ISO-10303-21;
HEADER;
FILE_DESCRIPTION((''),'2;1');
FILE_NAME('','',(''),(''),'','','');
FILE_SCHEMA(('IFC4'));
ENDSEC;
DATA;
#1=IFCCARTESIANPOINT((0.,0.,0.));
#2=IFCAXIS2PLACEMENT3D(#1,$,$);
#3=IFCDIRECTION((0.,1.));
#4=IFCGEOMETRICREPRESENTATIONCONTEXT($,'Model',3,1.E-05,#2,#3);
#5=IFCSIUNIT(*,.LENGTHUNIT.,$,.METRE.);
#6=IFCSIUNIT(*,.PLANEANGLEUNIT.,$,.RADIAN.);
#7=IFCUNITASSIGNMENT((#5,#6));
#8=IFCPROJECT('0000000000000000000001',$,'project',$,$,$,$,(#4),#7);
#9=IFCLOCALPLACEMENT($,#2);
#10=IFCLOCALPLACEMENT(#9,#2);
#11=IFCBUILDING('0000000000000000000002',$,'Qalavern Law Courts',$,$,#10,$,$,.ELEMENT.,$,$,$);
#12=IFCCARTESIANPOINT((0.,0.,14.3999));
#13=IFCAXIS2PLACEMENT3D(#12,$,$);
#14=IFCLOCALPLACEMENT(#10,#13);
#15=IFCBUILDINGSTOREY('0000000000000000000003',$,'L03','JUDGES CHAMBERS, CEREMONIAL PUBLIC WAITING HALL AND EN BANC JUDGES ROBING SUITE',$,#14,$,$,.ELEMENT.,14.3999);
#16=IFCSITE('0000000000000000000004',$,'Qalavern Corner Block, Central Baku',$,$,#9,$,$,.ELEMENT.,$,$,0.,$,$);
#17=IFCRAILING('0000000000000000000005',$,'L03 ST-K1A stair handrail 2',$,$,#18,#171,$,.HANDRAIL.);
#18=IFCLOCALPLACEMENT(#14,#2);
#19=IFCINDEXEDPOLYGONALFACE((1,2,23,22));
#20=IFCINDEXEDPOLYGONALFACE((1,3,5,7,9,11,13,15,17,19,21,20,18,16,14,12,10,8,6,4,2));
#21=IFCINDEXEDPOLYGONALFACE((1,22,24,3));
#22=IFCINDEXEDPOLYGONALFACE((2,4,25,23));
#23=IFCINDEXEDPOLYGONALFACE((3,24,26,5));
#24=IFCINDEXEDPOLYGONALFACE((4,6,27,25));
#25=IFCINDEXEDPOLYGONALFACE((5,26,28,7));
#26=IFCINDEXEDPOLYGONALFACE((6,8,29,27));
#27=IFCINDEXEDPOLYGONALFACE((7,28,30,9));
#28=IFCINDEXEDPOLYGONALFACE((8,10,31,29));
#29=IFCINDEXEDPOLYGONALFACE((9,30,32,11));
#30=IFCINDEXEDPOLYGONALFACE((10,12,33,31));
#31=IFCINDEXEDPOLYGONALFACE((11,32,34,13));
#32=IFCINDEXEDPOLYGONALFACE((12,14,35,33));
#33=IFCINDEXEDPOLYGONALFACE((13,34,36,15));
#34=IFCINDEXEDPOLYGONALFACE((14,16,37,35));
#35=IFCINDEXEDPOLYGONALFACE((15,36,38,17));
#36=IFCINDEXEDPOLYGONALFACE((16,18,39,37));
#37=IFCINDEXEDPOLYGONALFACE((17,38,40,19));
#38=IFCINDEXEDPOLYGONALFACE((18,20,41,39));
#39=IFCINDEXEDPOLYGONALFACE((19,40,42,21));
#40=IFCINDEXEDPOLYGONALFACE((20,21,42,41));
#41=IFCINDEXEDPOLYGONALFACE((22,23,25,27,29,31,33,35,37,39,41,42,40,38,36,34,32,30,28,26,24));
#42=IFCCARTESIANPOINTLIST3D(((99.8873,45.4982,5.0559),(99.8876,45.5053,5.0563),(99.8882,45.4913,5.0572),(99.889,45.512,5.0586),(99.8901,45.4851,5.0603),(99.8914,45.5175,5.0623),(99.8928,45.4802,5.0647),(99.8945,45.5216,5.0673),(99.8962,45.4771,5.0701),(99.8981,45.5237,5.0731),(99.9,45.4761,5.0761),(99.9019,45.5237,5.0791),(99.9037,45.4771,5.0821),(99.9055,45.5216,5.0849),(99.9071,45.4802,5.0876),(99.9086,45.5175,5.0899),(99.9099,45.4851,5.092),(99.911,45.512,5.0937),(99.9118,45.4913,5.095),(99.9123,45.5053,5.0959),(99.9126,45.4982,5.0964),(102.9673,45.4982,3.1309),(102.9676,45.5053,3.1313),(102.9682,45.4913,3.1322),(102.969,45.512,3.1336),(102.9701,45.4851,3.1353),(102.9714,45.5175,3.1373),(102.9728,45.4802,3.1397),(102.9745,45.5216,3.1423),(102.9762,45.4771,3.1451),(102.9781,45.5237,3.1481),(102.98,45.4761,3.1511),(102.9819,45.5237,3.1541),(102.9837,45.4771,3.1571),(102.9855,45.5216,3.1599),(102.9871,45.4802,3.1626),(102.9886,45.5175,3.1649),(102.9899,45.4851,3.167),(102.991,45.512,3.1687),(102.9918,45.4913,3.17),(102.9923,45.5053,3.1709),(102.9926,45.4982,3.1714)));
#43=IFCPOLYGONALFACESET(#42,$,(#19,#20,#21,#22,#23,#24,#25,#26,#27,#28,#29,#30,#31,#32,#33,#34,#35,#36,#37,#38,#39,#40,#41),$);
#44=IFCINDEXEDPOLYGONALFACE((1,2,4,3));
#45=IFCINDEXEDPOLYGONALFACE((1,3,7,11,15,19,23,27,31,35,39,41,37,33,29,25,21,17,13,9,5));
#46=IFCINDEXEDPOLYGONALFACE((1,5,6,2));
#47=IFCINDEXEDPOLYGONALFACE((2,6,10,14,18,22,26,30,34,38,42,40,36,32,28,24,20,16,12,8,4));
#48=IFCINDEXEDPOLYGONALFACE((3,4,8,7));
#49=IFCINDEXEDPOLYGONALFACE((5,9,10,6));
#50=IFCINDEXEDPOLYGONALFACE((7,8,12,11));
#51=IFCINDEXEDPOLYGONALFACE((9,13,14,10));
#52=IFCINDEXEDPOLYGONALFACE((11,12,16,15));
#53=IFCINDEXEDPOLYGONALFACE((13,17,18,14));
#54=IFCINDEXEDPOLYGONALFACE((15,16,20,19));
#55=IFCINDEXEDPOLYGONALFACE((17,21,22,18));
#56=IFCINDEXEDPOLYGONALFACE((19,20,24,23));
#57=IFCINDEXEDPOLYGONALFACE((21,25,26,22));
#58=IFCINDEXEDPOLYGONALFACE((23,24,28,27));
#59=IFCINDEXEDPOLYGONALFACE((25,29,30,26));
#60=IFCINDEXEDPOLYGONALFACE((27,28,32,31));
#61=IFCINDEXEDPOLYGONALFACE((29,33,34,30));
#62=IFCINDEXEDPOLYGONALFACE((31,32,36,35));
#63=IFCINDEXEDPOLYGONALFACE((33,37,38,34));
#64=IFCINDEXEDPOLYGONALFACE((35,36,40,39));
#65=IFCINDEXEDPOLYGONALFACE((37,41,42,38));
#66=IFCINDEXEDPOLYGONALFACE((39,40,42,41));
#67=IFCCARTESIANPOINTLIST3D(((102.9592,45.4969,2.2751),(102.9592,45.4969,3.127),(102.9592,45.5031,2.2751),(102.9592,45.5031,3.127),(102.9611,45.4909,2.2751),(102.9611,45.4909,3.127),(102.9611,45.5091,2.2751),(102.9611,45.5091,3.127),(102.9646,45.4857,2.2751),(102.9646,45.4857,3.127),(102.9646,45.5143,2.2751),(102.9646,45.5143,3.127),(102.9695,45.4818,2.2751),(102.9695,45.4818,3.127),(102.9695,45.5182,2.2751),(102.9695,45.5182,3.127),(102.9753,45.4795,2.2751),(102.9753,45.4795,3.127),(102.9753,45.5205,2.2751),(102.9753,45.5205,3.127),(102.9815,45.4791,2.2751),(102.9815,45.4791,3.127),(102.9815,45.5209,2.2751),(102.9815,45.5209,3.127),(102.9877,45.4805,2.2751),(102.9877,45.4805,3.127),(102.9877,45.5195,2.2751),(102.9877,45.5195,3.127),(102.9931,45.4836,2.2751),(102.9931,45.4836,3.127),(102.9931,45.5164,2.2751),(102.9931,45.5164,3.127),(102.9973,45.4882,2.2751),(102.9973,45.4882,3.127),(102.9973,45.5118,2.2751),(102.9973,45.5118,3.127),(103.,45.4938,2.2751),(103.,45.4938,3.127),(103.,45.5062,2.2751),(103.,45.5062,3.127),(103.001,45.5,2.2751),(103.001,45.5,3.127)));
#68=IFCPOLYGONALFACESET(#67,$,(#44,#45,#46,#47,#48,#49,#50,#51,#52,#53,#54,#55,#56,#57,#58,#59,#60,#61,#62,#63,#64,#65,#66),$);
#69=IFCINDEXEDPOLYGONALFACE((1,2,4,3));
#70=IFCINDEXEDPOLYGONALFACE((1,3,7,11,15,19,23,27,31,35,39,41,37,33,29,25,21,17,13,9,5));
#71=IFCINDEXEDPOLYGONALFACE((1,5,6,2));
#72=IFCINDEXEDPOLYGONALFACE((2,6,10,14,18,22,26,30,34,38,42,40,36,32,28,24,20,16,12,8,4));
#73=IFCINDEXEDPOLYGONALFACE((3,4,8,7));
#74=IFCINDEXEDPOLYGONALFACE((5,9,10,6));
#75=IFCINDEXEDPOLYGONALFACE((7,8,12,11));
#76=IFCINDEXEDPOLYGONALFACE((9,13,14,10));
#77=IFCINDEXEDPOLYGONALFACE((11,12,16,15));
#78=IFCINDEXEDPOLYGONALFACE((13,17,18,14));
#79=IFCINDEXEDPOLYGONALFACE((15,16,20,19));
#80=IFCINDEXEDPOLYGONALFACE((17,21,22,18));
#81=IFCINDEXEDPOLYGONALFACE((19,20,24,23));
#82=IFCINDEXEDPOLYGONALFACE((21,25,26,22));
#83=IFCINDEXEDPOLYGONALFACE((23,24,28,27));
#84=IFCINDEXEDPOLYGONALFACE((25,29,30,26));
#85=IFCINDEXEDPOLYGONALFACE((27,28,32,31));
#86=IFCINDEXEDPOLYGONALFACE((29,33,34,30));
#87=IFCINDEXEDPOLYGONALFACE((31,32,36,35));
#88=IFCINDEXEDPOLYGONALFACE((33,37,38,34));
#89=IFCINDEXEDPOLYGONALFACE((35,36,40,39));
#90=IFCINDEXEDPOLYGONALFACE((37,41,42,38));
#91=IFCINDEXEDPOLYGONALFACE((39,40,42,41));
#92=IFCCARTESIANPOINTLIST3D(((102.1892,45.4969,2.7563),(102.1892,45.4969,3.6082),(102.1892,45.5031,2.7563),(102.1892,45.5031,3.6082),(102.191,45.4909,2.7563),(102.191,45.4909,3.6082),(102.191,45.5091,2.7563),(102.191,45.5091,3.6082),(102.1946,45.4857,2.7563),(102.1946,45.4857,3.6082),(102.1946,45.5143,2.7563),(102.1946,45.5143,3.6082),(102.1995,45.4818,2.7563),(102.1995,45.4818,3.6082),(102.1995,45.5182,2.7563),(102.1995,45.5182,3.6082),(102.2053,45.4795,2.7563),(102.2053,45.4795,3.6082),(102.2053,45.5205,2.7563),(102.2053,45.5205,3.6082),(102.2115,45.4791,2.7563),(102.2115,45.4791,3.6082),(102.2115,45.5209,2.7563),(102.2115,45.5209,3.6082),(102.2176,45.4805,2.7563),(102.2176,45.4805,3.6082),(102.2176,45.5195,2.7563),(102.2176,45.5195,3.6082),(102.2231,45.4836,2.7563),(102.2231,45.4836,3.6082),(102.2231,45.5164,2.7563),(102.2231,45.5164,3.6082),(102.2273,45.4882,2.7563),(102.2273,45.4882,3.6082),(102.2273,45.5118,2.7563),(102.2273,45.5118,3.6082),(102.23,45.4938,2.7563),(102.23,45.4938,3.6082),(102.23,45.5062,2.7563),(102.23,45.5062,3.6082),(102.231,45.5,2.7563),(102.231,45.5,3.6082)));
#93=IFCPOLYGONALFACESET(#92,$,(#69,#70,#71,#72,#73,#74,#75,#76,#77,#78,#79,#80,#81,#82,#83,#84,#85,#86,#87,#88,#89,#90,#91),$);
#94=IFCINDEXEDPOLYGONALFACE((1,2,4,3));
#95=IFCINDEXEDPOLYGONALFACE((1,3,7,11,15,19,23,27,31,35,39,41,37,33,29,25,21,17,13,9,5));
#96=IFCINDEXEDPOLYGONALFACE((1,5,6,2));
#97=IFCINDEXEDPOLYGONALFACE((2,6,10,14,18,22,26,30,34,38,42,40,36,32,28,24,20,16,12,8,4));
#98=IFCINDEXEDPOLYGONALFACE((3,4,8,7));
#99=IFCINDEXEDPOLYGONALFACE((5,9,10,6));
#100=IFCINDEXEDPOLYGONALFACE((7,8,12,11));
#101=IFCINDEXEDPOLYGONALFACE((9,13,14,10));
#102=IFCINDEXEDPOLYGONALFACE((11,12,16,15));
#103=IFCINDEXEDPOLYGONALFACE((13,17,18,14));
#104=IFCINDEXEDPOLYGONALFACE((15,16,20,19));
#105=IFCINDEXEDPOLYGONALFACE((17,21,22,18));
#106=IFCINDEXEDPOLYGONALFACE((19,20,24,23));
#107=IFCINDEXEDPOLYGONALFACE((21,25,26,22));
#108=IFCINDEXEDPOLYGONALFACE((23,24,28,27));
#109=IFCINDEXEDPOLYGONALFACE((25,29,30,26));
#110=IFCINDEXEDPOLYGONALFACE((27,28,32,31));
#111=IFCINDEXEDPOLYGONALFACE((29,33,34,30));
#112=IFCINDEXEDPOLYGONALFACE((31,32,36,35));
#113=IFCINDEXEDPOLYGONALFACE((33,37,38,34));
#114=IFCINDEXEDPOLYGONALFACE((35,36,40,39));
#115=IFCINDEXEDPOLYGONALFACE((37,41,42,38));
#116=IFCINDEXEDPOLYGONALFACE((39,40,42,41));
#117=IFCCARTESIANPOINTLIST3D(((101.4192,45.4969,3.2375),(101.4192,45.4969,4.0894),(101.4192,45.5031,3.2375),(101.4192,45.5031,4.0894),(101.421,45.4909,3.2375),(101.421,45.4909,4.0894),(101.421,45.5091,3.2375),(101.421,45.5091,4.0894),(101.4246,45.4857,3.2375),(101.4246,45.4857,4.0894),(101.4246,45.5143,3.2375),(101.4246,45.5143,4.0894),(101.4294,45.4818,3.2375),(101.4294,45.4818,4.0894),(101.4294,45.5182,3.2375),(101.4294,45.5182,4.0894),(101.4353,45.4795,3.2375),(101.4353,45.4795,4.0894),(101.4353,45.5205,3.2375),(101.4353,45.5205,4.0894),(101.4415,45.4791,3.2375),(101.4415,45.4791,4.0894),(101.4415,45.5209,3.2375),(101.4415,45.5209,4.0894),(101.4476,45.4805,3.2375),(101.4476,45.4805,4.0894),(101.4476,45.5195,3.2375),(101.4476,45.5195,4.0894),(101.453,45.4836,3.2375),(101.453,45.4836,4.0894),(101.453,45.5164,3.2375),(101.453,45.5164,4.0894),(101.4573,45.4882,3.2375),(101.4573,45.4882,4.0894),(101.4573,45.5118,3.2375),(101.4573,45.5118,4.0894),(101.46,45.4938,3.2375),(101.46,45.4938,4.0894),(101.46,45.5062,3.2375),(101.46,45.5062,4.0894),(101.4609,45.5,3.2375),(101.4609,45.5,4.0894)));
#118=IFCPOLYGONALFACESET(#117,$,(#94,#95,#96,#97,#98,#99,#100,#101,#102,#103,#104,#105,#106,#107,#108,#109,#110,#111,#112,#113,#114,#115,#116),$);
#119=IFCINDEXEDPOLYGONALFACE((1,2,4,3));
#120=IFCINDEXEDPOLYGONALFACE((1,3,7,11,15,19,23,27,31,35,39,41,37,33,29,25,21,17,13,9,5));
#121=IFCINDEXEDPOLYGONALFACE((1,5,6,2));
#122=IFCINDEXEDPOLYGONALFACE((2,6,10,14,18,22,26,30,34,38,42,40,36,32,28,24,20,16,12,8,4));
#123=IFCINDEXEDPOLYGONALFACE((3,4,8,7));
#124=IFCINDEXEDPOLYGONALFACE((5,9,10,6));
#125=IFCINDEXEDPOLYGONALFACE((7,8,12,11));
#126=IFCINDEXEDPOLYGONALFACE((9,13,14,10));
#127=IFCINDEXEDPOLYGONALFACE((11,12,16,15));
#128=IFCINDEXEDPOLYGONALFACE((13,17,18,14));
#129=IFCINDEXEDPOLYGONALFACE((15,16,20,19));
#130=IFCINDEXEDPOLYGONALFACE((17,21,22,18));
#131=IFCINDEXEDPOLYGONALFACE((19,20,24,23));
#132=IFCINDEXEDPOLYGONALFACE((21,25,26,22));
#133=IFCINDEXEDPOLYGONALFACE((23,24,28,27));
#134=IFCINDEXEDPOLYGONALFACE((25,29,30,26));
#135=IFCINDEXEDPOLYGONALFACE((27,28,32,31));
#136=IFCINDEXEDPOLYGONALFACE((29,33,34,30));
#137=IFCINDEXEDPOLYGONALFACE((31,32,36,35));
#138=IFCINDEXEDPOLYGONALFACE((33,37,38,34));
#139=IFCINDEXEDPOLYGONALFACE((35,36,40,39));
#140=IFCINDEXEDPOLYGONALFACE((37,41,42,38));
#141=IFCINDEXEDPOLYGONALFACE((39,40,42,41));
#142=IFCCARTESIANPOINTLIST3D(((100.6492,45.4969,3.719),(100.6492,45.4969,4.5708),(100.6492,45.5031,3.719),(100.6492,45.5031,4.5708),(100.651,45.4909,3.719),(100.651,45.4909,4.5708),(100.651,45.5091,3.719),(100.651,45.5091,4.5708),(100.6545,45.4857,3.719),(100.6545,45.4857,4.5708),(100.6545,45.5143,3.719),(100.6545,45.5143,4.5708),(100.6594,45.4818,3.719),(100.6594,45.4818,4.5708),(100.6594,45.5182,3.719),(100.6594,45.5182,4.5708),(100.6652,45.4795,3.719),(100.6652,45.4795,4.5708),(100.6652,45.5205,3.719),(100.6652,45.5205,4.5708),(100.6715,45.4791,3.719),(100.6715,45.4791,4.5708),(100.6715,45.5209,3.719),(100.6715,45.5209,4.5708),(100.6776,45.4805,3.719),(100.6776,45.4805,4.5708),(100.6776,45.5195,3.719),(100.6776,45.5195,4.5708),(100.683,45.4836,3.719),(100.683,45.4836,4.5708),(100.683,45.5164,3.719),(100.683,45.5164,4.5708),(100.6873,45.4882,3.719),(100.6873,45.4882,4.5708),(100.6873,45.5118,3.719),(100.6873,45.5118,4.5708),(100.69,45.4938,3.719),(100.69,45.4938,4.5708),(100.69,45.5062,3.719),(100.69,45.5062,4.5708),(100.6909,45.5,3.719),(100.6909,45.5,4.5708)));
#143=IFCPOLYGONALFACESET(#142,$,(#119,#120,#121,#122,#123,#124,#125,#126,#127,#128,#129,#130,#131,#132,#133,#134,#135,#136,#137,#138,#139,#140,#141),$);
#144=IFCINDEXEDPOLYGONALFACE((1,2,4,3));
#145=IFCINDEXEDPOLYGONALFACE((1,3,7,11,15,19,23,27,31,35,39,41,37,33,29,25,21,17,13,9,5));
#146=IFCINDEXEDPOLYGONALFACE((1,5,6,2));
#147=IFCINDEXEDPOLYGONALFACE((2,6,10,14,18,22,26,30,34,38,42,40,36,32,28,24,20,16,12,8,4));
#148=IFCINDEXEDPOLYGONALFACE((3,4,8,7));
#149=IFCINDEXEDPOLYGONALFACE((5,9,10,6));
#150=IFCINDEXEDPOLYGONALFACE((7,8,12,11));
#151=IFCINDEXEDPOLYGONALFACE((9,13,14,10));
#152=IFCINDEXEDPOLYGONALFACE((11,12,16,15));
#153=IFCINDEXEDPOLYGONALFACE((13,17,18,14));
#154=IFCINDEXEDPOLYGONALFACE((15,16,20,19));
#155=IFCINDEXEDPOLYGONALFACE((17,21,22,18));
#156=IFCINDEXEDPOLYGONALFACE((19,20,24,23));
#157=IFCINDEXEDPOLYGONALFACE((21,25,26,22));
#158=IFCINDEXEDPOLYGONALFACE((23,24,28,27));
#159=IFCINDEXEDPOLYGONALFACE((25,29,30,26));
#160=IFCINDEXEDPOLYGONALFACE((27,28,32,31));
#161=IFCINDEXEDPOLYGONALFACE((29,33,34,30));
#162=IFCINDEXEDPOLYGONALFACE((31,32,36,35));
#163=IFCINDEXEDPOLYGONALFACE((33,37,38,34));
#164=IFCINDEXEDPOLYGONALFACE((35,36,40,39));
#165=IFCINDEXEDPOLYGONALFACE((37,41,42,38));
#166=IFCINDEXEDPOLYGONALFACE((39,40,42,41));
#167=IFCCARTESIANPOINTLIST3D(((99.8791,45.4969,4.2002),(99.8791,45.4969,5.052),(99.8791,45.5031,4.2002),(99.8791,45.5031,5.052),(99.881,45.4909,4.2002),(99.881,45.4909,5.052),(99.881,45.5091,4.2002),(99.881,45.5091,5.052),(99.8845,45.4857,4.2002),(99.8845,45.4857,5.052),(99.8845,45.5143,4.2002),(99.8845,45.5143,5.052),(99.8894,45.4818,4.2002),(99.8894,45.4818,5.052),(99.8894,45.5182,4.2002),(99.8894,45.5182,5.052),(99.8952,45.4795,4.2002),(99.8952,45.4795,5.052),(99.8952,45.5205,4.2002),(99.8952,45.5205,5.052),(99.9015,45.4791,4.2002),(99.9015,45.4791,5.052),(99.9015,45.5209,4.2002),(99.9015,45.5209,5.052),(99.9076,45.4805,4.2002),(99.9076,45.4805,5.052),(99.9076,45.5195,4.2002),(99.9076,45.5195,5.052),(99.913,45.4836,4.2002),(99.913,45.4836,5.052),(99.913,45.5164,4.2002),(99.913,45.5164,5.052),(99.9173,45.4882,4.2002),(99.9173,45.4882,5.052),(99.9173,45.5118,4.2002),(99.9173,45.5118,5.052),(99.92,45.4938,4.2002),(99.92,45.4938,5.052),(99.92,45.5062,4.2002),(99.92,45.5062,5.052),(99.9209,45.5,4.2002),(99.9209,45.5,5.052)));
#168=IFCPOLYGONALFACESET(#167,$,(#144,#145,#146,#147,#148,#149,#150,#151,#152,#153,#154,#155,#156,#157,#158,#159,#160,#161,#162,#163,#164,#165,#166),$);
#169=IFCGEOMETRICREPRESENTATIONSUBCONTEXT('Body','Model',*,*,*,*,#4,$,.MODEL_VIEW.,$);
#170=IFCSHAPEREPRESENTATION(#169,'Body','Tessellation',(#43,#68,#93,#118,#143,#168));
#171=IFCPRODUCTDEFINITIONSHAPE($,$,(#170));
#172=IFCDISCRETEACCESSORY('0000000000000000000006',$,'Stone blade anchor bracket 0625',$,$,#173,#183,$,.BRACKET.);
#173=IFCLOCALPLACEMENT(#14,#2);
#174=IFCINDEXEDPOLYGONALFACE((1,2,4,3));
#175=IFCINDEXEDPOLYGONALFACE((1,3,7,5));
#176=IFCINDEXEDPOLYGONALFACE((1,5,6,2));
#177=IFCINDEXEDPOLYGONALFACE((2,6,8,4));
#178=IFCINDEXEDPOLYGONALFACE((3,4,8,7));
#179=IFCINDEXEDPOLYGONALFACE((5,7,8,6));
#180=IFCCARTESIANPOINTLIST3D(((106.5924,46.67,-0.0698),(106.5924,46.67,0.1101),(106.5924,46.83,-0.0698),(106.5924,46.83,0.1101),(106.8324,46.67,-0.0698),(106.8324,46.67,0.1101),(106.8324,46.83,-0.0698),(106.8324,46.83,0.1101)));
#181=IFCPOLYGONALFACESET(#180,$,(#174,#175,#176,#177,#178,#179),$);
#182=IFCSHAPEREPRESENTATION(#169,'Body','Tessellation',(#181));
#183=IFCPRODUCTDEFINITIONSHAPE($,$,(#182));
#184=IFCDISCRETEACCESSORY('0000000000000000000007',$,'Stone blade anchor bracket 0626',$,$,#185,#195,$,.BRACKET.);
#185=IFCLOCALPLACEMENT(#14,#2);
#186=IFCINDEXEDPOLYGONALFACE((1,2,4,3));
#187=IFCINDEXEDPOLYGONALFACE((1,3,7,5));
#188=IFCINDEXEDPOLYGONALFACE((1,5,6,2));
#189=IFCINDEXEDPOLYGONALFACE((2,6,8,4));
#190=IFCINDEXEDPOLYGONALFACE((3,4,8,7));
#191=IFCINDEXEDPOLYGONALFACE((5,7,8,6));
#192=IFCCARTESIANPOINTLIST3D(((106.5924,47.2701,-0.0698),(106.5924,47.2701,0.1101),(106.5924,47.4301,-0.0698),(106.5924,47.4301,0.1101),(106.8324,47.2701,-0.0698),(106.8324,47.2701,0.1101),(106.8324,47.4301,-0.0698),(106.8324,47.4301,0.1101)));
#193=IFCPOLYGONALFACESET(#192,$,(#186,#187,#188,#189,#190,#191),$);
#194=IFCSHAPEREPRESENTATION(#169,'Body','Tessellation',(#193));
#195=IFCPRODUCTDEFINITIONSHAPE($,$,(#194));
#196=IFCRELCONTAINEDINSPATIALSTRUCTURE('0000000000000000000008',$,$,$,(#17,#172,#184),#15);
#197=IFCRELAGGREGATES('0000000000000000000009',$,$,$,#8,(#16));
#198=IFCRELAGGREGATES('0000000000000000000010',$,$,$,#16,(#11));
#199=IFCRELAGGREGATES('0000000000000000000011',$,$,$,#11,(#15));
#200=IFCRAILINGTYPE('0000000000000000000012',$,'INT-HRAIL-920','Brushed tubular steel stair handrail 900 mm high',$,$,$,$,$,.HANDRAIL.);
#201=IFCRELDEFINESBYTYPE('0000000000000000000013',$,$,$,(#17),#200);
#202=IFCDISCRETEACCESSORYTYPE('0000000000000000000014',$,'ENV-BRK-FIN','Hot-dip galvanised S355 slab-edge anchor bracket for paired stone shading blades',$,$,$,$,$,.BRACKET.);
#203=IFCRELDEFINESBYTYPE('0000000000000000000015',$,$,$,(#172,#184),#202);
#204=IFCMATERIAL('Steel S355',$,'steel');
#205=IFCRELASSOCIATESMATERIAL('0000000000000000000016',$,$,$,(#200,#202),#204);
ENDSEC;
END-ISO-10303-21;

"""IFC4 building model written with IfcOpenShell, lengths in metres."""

from ifc_helpers import new_model, si_unit, direction, frame, origin, origin_2d, place, context, subcontext, project, spatial, rectangle, circle, extrude, material, type_object, element, save


model = new_model("IFC4")

# Units and contexts
model_context = context("Model", 3, precision=1e-05, world=origin(), true_north=direction((0.0, 1.0)))
body_context = subcontext(model_context, "Body", "Model", "MODEL_VIEW")
ifc_project = project(units=[si_unit("LENGTHUNIT", "METRE"), si_unit("PLANEANGLEUNIT", "RADIAN")], contexts=[model_context])

# Site, building, storey
site_placement = place(None, origin())
site = spatial("IfcSite", under=ifc_project, at=site_placement, Name="Qalavern Corner Block, Central Baku", CompositionType="ELEMENT", RefElevation=0.0)
building_placement = place(site_placement, origin())
building = spatial("IfcBuilding", under=site, at=building_placement, Name="Qalavern Law Courts", CompositionType="ELEMENT")
storey_placement = place(building_placement, frame((0.0, 0.0, 14.3999)))
storey = spatial("IfcBuildingStorey", under=building, at=storey_placement, Name="L03", Description="JUDGES CHAMBERS, CEREMONIAL PUBLIC WAITING HALL AND EN BANC JUDGES ROBING SUITE", CompositionType="ELEMENT", Elevation=14.3999)

# Shared definitions
ifc_material_1 = material(Name="Steel S355", Category="steel")

# Railing
railing_type_1 = type_object("IfcRailingType", Name="INT-HRAIL-920", Description="Brushed tubular steel stair handrail 900 mm high", PredefinedType="HANDRAIL", material=ifc_material_1)
railing_1_placement = place(storey_placement, frame((102.98, 45.5, 2.2751)))
element("IfcRailing", 1, at=railing_1_placement, inside=storey, type_object=railing_type_1, Name="L03 ST-K1A stair handrail 2", PredefinedType="HANDRAIL", context=body_context, shape_type="SweptSolid", body=[
    extrude(circle(Radius=0.0239, at=origin_2d()), frame((0.0, 0.0, 0.876), z_axis=(-0.847998, 0.0, 0.529999), x_axis=(0.0, -1.0, 0.0)), (0.0, 0.0, 1.0), 3.6321),
    extrude(circle(Radius=0.021, at=origin_2d()), origin(), (0.0, 0.0, 1.0), 0.8518),
    extrude(circle(Radius=0.021, at=origin_2d()), frame((-0.77, 0.0, 0.4812)), (0.0, 0.0, 1.0), 0.8518),
    extrude(circle(Radius=0.021, at=origin_2d()), frame((-1.54, 0.0, 0.9624)), (0.0, 0.0, 1.0), 0.8518),
    extrude(circle(Radius=0.021, at=origin_2d()), frame((-2.3101, 0.0, 1.4438)), (0.0, 0.0, 1.0), 0.8518),
    extrude(circle(Radius=0.021, at=origin_2d()), frame((-3.0801, 0.0, 1.925)), (0.0, 0.0, 1.0), 0.8518),
])

# Discrete accessories
discrete_accessory_type = type_object("IfcDiscreteAccessoryType", Name="ENV-BRK-FIN", Description="Hot-dip galvanised S355 slab-edge anchor bracket for paired stone shading blades", PredefinedType="BRACKET", material=ifc_material_1)
for number, where, z_axis, x_axis, name in (
    (2, (106.7124, 46.75, -0.0698), (0.0, 0.0, 1.0), (1.0, 0.0, 0.0), "Stone blade anchor bracket 0625"),
    (3, (106.7124, 47.3501, -0.0698), (0.0, 0.0, 1.0), (1.0, 0.0, 0.0), "Stone blade anchor bracket 0626"),
):
    element("IfcDiscreteAccessory", number, at=place(storey_placement, frame(where, z_axis=z_axis, x_axis=x_axis)), inside=storey, type_object=discrete_accessory_type, Name=name, PredefinedType="BRACKET", context=body_context, shape_type="SweptSolid", body=[
        extrude(rectangle(XDim=0.24, YDim=0.1599, at=origin_2d()), origin(), (0.0, 0.0, 1.0), 0.1799),
    ])

save(model, "model.ifc")
